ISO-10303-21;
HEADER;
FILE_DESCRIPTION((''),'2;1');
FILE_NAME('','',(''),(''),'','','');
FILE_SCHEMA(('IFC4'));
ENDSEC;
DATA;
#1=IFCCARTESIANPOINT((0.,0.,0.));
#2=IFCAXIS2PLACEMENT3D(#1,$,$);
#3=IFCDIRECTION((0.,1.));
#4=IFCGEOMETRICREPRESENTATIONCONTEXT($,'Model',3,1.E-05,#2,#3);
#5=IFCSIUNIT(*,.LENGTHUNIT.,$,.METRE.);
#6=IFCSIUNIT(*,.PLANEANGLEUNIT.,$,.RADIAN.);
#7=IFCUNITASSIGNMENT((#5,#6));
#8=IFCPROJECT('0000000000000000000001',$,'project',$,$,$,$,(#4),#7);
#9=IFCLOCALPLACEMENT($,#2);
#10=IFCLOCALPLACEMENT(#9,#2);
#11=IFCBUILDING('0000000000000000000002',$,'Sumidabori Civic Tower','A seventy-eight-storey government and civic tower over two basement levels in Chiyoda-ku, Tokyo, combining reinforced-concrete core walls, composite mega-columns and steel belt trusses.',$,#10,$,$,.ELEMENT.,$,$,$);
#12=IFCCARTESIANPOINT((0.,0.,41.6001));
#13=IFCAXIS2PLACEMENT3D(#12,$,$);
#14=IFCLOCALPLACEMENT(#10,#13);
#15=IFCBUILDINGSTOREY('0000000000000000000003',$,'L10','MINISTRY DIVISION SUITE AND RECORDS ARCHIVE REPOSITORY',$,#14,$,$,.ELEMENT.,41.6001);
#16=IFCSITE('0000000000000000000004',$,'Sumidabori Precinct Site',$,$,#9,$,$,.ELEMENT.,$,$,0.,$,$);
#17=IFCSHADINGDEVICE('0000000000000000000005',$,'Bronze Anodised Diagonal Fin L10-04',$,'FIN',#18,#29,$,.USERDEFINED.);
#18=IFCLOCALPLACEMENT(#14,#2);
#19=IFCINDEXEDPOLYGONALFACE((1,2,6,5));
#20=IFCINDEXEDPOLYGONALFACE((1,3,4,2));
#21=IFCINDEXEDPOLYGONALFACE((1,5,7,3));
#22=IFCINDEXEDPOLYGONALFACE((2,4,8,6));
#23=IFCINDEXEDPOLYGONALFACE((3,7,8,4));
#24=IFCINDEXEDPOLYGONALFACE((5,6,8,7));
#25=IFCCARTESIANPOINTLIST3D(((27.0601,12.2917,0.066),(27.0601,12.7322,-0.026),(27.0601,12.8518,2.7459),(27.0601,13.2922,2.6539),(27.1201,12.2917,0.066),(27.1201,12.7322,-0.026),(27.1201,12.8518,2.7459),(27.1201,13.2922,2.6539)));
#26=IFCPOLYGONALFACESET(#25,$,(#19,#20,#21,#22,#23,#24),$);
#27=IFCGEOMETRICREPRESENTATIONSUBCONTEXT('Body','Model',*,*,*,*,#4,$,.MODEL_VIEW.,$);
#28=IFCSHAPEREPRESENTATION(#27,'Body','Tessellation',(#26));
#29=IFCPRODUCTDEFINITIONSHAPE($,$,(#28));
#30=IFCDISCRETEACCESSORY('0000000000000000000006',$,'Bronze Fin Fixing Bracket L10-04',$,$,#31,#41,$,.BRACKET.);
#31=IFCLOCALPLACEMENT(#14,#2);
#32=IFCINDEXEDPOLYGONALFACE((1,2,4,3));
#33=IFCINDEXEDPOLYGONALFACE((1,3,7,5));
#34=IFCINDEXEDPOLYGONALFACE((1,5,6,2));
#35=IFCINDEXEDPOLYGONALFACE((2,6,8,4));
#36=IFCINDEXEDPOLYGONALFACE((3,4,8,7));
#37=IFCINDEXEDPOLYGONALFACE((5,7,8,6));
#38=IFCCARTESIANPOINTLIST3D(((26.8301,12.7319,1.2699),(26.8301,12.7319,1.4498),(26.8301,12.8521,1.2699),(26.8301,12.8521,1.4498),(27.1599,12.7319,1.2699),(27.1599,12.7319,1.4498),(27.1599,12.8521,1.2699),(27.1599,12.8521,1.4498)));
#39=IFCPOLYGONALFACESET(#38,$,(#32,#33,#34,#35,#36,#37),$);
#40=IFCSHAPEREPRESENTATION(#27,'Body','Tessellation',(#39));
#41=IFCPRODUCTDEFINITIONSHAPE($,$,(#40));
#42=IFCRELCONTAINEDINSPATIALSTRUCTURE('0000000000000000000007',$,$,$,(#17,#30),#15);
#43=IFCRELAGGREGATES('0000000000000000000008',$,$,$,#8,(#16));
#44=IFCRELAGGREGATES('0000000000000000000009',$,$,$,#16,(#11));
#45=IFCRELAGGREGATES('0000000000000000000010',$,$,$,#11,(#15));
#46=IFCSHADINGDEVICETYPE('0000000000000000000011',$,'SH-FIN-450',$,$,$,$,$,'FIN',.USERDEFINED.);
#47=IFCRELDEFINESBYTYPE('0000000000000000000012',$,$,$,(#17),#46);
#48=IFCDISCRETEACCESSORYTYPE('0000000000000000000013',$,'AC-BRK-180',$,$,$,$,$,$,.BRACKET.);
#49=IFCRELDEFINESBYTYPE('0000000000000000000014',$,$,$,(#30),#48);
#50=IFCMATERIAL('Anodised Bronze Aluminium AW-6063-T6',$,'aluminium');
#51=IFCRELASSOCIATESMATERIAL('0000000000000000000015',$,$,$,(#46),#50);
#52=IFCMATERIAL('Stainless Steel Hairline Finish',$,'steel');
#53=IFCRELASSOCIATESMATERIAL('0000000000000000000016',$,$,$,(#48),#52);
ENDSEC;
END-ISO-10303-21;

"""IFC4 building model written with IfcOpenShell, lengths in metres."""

from ifc_helpers import new_model, si_unit, direction, frame, origin, origin_2d, place, context, subcontext, project, spatial, rectangle, extrude, source, transform, mapped, material, material_profile, profile_set, type_object, element, save


model = new_model("IFC4")

# Units and contexts
model_context = context("Model", 3, precision=1e-05, world=origin(), true_north=direction((0.0, 1.0)))
body_context = subcontext(model_context, "Body", "Model", "MODEL_VIEW")
ifc_project = project(units=[si_unit("LENGTHUNIT", "METRE"), si_unit("PLANEANGLEUNIT", "RADIAN")], contexts=[model_context])

# Site, building, storey
site_placement = place(None, origin())
site = spatial("IfcSite", under=ifc_project, at=site_placement, Name="Sumidabori Precinct Site", CompositionType="ELEMENT", RefElevation=0.0)
building_placement = place(site_placement, origin())
building = spatial("IfcBuilding", under=site, at=building_placement, Name="Sumidabori Civic Tower", Description="A seventy-eight-storey government and civic tower over two basement levels in Chiyoda-ku, Tokyo, combining reinforced-concrete core walls, composite mega-columns and steel belt trusses.", CompositionType="ELEMENT")
storey_placement = place(building_placement, frame((0.0, 0.0, 41.6001)))
storey = spatial("IfcBuildingStorey", under=building, at=storey_placement, Name="L10", Description="MINISTRY DIVISION SUITE AND RECORDS ARCHIVE REPOSITORY", CompositionType="ELEMENT", Elevation=41.6001)

# Shared definitions
ifc_material_1 = material(Name="Anodised Bronze Aluminium AW-6063-T6", Category="aluminium")

# Shared definitions
ifc_material_2 = material(Name="Stainless Steel Hairline Finish", Category="steel")

# Shading device
ifc_material_profile_1 = material_profile(ifc_material_1, rectangle(XDim=0.0601, YDim=0.45, at=origin_2d()), Name="BRONZE FIN 450x60")
ifc_profile_set_1 = profile_set([ifc_material_profile_1], Name="Anodised Bronze Aluminium AW-6063-T6")
shading_device_type = type_object("IfcShadingDeviceType", Name="SH-FIN-450", ElementType="FIN", PredefinedType="USERDEFINED", material=ifc_profile_set_1)
shared_shape_1 = source(origin(), body_context, "Body", "SweptSolid", [
    extrude(rectangle(XDim=0.0601, YDim=0.45, at=origin_2d()), origin(), (0.0, 0.0, 1.0), 2.7378),
])
shading_device_placement = place(storey_placement, frame((27.0901, 12.512, 0.02), z_axis=(0.0, 0.204563, 0.978853), x_axis=(-1.0, 0.0, 0.0)))
element("IfcShadingDevice", 1, at=shading_device_placement, inside=storey, type_object=shading_device_type, Name="Bronze Anodised Diagonal Fin L10-04", ObjectType="FIN", PredefinedType="USERDEFINED", context=body_context, shape_type="MappedRepresentation", body=[
    mapped(shared_shape_1, transform((0.0, 0.0, 0.0), x_axis=(1.0, 0.0, 0.0), y_axis=(0.0, 1.0, 0.0), z_axis=(0.0, 0.0, 1.0), scale=1.0)),
])

# Discrete accessory
ifc_material_profile_2 = material_profile(ifc_material_2, rectangle(XDim=0.1201, YDim=0.1799, at=origin_2d()), Name="STEEL BRACKET 180x120")
ifc_profile_set_2 = profile_set([ifc_material_profile_2], Name="Stainless Steel Hairline Finish")
discrete_accessory_type = type_object("IfcDiscreteAccessoryType", Name="AC-BRK-180", PredefinedType="BRACKET", material=ifc_profile_set_2)
shared_shape_2 = source(origin(), body_context, "Body", "SweptSolid", [
    extrude(rectangle(XDim=0.1201, YDim=0.1799, at=origin_2d()), origin(), (0.0, 0.0, 1.0), 0.3298),
])
discrete_accessory_placement = place(storey_placement, frame((26.8301, 12.792, 1.3599), z_axis=(1.0, 0.0, 0.0), x_axis=(0.0, 1.0, 0.0)))
element("IfcDiscreteAccessory", 2, at=discrete_accessory_placement, inside=storey, type_object=discrete_accessory_type, Name="Bronze Fin Fixing Bracket L10-04", PredefinedType="BRACKET", context=body_context, shape_type="MappedRepresentation", body=[
    mapped(shared_shape_2, transform((0.0, 0.0, 0.0), x_axis=(1.0, 0.0, 0.0), y_axis=(0.0, 1.0, 0.0), z_axis=(0.0, 0.0, 1.0), scale=1.0)),
])

save(model, "model.ifc")
